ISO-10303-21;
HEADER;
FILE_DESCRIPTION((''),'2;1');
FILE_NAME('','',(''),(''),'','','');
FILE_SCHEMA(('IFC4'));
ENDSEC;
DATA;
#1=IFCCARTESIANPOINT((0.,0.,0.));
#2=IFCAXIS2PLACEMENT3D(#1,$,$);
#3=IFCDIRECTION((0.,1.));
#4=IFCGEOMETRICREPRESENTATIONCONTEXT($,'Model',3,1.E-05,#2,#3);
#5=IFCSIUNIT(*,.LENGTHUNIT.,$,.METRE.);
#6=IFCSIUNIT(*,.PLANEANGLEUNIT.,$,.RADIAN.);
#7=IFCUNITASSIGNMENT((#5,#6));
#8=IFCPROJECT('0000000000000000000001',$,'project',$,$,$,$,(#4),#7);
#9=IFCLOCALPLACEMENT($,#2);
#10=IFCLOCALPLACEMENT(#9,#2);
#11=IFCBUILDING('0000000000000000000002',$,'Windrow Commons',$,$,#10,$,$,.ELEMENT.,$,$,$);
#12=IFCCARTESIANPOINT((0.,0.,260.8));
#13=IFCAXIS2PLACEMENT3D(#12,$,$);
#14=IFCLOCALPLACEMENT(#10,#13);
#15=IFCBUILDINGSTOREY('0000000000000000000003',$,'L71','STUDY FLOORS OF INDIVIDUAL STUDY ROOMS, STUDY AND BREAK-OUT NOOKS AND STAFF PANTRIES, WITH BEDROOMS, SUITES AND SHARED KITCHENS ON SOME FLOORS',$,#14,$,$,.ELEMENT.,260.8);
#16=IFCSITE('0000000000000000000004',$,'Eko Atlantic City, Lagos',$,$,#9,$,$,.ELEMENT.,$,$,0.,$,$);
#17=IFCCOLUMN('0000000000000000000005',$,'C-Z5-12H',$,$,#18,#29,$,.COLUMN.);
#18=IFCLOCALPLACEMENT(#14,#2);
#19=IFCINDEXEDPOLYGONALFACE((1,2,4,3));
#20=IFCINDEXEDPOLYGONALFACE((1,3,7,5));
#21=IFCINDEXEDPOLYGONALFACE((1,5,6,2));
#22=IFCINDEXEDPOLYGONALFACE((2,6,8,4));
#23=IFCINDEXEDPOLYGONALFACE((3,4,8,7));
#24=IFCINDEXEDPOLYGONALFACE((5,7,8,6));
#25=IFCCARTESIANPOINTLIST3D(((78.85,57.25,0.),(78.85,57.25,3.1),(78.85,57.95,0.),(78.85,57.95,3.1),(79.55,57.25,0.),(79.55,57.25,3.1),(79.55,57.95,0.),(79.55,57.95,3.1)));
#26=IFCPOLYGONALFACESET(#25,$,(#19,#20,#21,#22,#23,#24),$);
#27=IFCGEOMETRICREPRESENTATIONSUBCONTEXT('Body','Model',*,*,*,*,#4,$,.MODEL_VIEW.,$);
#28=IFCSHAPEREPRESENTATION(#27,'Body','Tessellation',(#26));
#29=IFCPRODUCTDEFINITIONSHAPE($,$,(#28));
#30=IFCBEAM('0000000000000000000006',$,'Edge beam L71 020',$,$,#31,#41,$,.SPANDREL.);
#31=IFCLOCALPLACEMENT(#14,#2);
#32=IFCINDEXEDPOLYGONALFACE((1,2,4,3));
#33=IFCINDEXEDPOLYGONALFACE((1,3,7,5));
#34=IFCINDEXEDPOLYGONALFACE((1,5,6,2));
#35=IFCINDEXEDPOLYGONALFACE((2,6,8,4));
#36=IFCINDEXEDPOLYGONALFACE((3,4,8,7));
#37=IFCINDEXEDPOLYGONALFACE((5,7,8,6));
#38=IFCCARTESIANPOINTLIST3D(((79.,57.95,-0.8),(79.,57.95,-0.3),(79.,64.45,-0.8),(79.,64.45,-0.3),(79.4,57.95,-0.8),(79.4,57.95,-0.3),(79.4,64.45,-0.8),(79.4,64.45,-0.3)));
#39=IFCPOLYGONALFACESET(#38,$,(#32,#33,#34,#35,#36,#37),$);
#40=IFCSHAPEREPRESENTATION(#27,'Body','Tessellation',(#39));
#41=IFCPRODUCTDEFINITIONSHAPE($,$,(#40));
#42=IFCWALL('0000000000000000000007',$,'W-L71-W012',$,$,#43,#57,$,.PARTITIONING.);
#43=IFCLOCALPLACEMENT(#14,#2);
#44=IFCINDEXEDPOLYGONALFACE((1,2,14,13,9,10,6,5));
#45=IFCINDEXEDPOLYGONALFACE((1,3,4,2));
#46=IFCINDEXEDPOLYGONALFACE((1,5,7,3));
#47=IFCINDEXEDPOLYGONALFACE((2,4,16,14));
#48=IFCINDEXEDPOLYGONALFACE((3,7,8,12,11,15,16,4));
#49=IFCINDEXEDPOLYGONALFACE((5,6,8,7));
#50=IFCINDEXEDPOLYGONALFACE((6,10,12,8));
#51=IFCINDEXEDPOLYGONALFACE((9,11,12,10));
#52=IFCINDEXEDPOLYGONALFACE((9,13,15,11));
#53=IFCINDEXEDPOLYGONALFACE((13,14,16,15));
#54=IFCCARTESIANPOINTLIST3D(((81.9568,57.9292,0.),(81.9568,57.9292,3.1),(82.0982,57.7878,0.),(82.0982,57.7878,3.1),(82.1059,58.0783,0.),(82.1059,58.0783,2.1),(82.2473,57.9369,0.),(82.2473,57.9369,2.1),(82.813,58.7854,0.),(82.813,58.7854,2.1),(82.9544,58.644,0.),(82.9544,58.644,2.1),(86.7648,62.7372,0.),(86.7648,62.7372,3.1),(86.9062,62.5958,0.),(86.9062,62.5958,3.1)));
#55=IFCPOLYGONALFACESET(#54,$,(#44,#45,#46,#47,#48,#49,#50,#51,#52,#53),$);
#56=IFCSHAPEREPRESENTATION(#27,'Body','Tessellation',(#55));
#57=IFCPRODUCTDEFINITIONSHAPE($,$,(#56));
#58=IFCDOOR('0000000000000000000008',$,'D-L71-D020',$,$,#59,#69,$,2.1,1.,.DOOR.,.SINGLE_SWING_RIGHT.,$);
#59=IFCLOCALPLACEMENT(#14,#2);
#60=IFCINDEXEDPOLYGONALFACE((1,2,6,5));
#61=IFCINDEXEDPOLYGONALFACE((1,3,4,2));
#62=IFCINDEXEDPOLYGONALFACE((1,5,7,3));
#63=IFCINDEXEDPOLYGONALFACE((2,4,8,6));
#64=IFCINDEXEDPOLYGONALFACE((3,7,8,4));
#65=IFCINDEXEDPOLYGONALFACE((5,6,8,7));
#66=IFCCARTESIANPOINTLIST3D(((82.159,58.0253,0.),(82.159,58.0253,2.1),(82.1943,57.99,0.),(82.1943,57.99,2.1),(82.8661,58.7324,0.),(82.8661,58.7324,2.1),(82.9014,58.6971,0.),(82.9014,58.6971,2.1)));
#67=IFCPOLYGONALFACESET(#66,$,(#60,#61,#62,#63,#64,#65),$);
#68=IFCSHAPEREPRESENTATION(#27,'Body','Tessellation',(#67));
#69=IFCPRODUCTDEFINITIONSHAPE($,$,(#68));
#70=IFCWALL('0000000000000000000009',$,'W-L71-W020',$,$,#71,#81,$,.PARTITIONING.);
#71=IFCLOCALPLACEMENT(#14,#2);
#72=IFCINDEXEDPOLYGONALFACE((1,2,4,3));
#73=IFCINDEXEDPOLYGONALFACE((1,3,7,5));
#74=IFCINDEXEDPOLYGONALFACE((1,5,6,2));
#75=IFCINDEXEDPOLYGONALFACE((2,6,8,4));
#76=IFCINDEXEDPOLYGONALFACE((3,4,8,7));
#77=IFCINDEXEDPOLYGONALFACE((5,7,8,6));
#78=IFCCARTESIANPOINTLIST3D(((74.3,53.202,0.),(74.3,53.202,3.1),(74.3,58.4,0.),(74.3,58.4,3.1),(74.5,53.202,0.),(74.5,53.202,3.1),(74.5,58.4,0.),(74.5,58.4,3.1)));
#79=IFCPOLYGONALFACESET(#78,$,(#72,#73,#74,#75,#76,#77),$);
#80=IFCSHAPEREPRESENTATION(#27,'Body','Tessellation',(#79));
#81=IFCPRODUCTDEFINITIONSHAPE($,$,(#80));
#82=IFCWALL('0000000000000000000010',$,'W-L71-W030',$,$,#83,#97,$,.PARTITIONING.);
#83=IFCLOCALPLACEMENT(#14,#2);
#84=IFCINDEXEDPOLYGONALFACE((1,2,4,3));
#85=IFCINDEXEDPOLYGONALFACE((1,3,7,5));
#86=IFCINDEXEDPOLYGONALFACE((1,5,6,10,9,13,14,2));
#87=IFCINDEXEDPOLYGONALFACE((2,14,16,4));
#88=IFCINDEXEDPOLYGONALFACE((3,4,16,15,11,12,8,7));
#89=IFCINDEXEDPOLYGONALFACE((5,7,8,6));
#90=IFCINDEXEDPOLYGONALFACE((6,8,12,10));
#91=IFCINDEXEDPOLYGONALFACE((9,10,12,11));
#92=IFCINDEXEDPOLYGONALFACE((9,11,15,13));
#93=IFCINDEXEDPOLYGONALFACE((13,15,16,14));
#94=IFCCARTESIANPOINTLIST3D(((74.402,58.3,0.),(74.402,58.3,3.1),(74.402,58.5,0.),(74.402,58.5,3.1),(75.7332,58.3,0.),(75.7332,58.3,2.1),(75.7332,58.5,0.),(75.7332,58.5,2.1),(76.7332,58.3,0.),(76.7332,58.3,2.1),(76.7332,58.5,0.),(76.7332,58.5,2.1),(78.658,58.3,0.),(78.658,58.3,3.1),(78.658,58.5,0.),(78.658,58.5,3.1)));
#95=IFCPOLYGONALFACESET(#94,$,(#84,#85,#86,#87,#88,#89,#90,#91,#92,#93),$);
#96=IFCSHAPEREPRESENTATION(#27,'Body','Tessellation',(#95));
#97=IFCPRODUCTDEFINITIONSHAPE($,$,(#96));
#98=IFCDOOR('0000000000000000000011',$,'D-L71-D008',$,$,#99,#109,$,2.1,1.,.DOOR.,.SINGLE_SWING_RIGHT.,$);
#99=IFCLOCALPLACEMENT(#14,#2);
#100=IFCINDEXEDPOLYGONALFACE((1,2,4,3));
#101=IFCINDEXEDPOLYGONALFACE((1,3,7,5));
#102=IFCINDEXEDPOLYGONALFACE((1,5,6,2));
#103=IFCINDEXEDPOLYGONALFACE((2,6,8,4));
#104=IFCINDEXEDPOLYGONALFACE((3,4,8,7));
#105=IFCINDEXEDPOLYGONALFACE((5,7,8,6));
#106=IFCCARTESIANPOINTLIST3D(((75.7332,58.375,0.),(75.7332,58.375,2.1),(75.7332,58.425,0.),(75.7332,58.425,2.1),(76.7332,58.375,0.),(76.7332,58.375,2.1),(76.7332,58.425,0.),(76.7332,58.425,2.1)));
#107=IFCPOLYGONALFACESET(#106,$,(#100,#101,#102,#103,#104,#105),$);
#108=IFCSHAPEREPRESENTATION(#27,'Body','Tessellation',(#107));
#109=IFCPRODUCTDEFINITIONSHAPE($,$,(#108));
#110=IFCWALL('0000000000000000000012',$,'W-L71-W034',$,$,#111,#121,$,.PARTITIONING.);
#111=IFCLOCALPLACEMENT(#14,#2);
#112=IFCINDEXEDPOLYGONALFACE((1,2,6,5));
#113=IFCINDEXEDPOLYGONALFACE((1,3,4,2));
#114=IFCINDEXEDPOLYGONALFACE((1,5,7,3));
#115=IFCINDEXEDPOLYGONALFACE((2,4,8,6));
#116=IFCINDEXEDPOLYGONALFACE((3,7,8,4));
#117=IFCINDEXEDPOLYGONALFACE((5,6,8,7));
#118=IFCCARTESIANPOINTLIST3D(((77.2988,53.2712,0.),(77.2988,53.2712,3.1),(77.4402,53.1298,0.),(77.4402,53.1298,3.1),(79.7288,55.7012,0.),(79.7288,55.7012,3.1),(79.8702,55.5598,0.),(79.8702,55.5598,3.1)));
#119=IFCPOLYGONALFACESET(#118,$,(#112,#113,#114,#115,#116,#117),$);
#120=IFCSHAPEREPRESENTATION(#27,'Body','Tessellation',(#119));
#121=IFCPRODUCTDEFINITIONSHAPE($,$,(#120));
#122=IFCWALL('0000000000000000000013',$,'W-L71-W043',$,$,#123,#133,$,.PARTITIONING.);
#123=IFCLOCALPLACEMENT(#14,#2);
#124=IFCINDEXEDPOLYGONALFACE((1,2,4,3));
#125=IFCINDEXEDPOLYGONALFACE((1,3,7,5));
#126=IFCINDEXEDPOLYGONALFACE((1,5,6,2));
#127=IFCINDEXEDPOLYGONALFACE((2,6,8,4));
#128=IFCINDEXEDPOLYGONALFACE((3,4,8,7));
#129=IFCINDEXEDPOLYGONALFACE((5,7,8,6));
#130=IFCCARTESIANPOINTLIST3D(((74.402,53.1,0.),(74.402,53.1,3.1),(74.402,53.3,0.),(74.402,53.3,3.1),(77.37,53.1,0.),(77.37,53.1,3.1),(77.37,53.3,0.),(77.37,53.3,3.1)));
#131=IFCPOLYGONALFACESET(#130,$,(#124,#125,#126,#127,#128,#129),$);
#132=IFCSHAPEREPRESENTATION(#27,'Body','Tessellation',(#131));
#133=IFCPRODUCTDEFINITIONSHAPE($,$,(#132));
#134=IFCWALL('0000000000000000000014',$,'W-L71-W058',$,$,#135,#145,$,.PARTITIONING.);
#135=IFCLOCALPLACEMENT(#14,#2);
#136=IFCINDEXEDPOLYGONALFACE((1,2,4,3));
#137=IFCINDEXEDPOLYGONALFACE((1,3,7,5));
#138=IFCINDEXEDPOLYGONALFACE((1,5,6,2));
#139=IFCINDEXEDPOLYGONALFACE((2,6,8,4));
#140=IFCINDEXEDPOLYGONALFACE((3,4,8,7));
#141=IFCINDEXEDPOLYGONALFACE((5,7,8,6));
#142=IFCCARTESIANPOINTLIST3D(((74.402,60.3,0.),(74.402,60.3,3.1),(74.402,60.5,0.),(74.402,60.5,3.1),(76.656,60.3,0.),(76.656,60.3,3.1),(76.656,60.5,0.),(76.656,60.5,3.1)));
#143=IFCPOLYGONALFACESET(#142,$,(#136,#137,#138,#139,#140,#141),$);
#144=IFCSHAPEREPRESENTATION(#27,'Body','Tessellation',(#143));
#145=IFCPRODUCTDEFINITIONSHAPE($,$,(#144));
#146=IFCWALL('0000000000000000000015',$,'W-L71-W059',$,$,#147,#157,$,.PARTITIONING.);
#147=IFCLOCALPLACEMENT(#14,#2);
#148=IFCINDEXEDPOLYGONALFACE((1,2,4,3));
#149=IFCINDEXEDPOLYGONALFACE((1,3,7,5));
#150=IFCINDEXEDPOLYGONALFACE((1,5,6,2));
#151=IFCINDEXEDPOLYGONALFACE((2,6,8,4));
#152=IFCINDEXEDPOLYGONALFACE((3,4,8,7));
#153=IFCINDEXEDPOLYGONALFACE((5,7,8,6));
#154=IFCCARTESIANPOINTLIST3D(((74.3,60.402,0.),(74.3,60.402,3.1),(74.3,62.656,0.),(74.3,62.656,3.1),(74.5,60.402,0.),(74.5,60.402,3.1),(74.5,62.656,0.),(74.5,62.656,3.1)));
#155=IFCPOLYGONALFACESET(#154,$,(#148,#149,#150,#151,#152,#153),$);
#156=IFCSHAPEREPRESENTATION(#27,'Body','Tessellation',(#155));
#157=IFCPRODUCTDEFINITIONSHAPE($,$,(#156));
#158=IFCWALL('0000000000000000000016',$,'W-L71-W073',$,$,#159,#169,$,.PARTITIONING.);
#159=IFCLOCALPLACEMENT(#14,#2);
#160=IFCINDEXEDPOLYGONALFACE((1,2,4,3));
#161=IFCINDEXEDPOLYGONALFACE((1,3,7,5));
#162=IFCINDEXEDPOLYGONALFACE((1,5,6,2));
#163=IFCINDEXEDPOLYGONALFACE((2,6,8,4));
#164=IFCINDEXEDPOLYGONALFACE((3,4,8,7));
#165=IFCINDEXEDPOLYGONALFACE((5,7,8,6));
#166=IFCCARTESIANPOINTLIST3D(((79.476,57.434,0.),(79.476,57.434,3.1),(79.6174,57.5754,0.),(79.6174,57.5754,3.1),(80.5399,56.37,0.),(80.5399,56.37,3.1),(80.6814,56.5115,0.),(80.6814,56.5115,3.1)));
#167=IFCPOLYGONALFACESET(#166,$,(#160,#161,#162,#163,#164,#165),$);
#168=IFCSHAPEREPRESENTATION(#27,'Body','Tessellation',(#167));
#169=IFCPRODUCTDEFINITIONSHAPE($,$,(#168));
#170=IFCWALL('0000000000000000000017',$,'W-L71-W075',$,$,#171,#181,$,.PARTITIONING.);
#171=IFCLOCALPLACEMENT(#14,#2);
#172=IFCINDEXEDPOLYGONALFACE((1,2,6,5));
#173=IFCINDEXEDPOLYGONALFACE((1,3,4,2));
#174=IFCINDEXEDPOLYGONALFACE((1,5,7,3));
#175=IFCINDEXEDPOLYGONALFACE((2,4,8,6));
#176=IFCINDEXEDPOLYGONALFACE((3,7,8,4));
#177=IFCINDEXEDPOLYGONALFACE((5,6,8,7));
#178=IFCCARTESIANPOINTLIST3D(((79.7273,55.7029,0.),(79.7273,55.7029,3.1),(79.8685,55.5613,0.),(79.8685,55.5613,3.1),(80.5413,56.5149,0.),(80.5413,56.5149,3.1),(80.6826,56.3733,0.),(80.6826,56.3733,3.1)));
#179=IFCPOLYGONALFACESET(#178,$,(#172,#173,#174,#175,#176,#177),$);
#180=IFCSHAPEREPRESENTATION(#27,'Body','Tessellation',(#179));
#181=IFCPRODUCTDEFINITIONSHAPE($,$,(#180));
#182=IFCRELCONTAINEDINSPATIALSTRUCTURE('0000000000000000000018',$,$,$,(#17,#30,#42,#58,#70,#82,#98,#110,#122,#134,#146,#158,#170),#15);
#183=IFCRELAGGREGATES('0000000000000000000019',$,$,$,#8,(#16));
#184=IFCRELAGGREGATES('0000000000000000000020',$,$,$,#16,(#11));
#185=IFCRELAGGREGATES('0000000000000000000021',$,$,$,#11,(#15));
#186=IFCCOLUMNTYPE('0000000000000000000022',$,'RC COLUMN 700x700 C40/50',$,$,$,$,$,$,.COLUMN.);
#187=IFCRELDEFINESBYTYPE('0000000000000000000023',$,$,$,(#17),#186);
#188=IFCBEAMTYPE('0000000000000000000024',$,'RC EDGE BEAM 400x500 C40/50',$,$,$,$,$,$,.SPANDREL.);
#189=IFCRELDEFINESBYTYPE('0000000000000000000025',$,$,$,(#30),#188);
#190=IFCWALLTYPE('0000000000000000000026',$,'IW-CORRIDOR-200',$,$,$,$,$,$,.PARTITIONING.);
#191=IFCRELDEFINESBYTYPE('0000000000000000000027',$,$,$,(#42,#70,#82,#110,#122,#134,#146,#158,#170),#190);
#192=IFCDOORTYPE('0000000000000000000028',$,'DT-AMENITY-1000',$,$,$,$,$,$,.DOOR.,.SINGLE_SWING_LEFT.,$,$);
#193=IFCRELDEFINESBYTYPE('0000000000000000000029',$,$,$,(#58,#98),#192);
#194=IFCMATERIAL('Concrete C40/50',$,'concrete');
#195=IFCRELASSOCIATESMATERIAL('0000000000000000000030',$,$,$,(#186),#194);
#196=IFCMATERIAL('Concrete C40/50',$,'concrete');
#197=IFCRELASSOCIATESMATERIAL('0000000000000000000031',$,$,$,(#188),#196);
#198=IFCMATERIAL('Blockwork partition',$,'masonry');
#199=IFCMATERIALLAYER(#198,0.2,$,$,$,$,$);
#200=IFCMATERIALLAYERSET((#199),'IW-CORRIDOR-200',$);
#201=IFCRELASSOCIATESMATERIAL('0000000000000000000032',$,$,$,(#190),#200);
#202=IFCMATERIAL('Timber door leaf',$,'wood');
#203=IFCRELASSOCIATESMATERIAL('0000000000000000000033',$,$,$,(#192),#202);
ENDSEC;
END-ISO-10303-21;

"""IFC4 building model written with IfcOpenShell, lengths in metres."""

from ifc_helpers import new_model, si_unit, direction, frame, frame_2d, origin, origin_2d, place, context, subcontext, project, spatial, rectangle, extrude, material, layer, layer_set, material_profile, profile_set, type_object, element, fill, save


model = new_model("IFC4")

# Units and contexts
model_context = context("Model", 3, precision=1e-05, world=origin(), true_north=direction((0.0, 1.0)))
body_context = subcontext(model_context, "Body", "Model", "MODEL_VIEW")
ifc_project = project(units=[si_unit("LENGTHUNIT", "METRE"), si_unit("PLANEANGLEUNIT", "RADIAN")], contexts=[model_context])

# Site, building, storey
site_placement = place(None, origin())
site = spatial("IfcSite", under=ifc_project, at=site_placement, Name="Eko Atlantic City, Lagos", CompositionType="ELEMENT", RefElevation=0.0)
building_placement = place(site_placement, origin())
building = spatial("IfcBuilding", under=site, at=building_placement, Name="Windrow Commons", CompositionType="ELEMENT")
storey_placement = place(building_placement, frame((0.0, 0.0, 260.8)))
storey = spatial("IfcBuildingStorey", under=building, at=storey_placement, Name="L71", Description="STUDY FLOORS OF INDIVIDUAL STUDY ROOMS, STUDY AND BREAK-OUT NOOKS AND STAFF PANTRIES, WITH BEDROOMS, SUITES AND SHARED KITCHENS ON SOME FLOORS", CompositionType="ELEMENT", Elevation=260.8)

# Column
ifc_material_1 = material(Name="Concrete C40/50", Category="concrete")
ifc_material_profile_1 = material_profile(ifc_material_1, rectangle(XDim=0.7, YDim=0.7, at=origin_2d()))
ifc_profile_set_1 = profile_set([ifc_material_profile_1], Name="Concrete C40/50")
column_type = type_object("IfcColumnType", Name="RC COLUMN 700x700 C40/50", PredefinedType="COLUMN", material=ifc_profile_set_1)
column_placement = place(storey_placement, frame((79.2, 57.6, 0.0), z_axis=(0.0, 0.0, 1.0), x_axis=(1.0, 0.0, 0.0)))
element("IfcColumn", 1, at=column_placement, inside=storey, type_object=column_type, Name="C-Z5-12H", PredefinedType="COLUMN", context=body_context, shape_type="SweptSolid", body=[
    extrude(rectangle(XDim=0.7, YDim=0.7, at=origin_2d()), origin(), (0.0, 0.0, 1.0), 3.1),
])

# Beam
ifc_material_2 = material(Name="Concrete C40/50", Category="concrete")
ifc_material_profile_2 = material_profile(ifc_material_2, rectangle(XDim=0.4, YDim=0.5, at=origin_2d()))
ifc_profile_set_2 = profile_set([ifc_material_profile_2], Name="Concrete C40/50")
beam_type = type_object("IfcBeamType", Name="RC EDGE BEAM 400x500 C40/50", PredefinedType="SPANDREL", material=ifc_profile_set_2)
beam_placement = place(storey_placement, frame((79.2, 57.95, -0.55), z_axis=(0.0, 1.0, 0.0), x_axis=(-1.0, 0.0, 0.0)))
element("IfcBeam", 2, at=beam_placement, inside=storey, type_object=beam_type, Name="Edge beam L71 020", PredefinedType="SPANDREL", context=body_context, shape_type="SweptSolid", body=[
    extrude(rectangle(XDim=0.4, YDim=0.5, at=origin_2d()), origin(), (0.0, 0.0, 1.0), 6.5),
])

# Wall, opening, door
ifc_material_3 = material(Name="Blockwork partition", Category="masonry")
ifc_layer_1 = layer(ifc_material_3, 0.2)
ifc_layer_set_1 = layer_set([ifc_layer_1], Name="IW-CORRIDOR-200")
wall_type_1 = type_object("IfcWallType", Name="IW-CORRIDOR-200", PredefinedType="PARTITIONING", material=ifc_layer_set_1)
wall_1_placement = place(storey_placement, frame((82.0275, 57.8585, 0.0), z_axis=(0.0, 0.0, 1.0), x_axis=(0.707107, 0.707107, 0.0)))
wall_1 = element("IfcWall", 3, at=wall_1_placement, inside=storey, type_object=wall_type_1, Name="W-L71-W012", PredefinedType="PARTITIONING", context=body_context, shape_type="SweptSolid", body=[
    extrude(rectangle(XDim=6.7995, YDim=0.2, at=frame_2d((3.3998, 0.0))), origin(), (0.0, 0.0, 1.0), 3.1),
])
opening_1_placement = place(wall_1_placement, frame((0.2109, 0.0, 0.0)))
opening_1 = element("IfcOpeningElement", 4, at=opening_1_placement, cuts=wall_1, PredefinedType="OPENING", context=body_context, shape_type="SweptSolid", body=[
    extrude(rectangle(XDim=1.0, YDim=2.1, at=frame_2d((0.5, 1.05))), frame((0.0, 0.11, 0.0), z_axis=(0.0, -1.0, 0.0), x_axis=(1.0, 0.0, 0.0)), (0.0, 0.0, 1.0), 0.22),
])
ifc_material_4 = material(Name="Timber door leaf", Category="wood")
door_type_1 = type_object("IfcDoorType", Name="DT-AMENITY-1000", OperationType="SINGLE_SWING_LEFT", PredefinedType="DOOR", material=ifc_material_4)
door_1_placement = place(opening_1_placement, origin())
door_1 = element("IfcDoor", 5, at=door_1_placement, inside=storey, type_object=door_type_1, Name="D-L71-D020", OperationType="SINGLE_SWING_RIGHT", OverallHeight=2.1, OverallWidth=1.0, PredefinedType="DOOR", context=body_context, shape_type="SweptSolid", body=[
    extrude(rectangle(XDim=1.0, YDim=2.1, at=frame_2d((0.5, 1.05))), frame((0.0, 0.025, 0.0), z_axis=(0.0, -1.0, 0.0), x_axis=(1.0, 0.0, 0.0)), (0.0, 0.0, 1.0), 0.05),
])
fill(opening_1, door_1)

# Wall
wall_2_placement = place(storey_placement, frame((74.4, 53.202, 0.0), z_axis=(0.0, 0.0, 1.0), x_axis=(0.0, 1.0, 0.0)))
element("IfcWall", 6, at=wall_2_placement, inside=storey, type_object=wall_type_1, Name="W-L71-W020", PredefinedType="PARTITIONING", context=body_context, shape_type="SweptSolid", body=[
    extrude(rectangle(XDim=5.198, YDim=0.2, at=frame_2d((2.599, 0.0))), origin(), (0.0, 0.0, 1.0), 3.1),
])

# Wall, opening, door
wall_3_placement = place(storey_placement, frame((74.402, 58.4, 0.0), z_axis=(0.0, 0.0, 1.0), x_axis=(1.0, 0.0, 0.0)))
wall_3 = element("IfcWall", 7, at=wall_3_placement, inside=storey, type_object=wall_type_1, Name="W-L71-W030", PredefinedType="PARTITIONING", context=body_context, shape_type="SweptSolid", body=[
    extrude(rectangle(XDim=4.256, YDim=0.2, at=frame_2d((2.128, 0.0))), origin(), (0.0, 0.0, 1.0), 3.1),
])
opening_2_placement = place(wall_3_placement, frame((1.3312, 0.0, 0.0)))
opening_2 = element("IfcOpeningElement", 8, at=opening_2_placement, cuts=wall_3, PredefinedType="OPENING", context=body_context, shape_type="SweptSolid", body=[
    extrude(rectangle(XDim=1.0, YDim=2.1, at=frame_2d((0.5, 1.05))), frame((0.0, 0.11, 0.0), z_axis=(0.0, -1.0, 0.0), x_axis=(1.0, 0.0, 0.0)), (0.0, 0.0, 1.0), 0.22),
])
door_2_placement = place(opening_2_placement, origin())
door_2 = element("IfcDoor", 9, at=door_2_placement, inside=storey, type_object=door_type_1, Name="D-L71-D008", OperationType="SINGLE_SWING_RIGHT", OverallHeight=2.1, OverallWidth=1.0, PredefinedType="DOOR", context=body_context, shape_type="SweptSolid", body=[
    extrude(rectangle(XDim=1.0, YDim=2.1, at=frame_2d((0.5, 1.05))), frame((0.0, 0.025, 0.0), z_axis=(0.0, -1.0, 0.0), x_axis=(1.0, 0.0, 0.0)), (0.0, 0.0, 1.0), 0.05),
])
fill(opening_2, door_2)

# Walls
wall_4_placement = place(storey_placement, frame((77.3695, 53.2005, 0.0), z_axis=(0.0, 0.0, 1.0), x_axis=(0.707107, 0.707107, 0.0)))
element("IfcWall", 10, at=wall_4_placement, inside=storey, type_object=wall_type_1, Name="W-L71-W034", PredefinedType="PARTITIONING", context=body_context, shape_type="SweptSolid", body=[
    extrude(rectangle(XDim=3.4365, YDim=0.2, at=frame_2d((1.7183, 0.0))), origin(), (0.0, 0.0, 1.0), 3.1),
])
wall_5_placement = place(storey_placement, frame((74.402, 53.2, 0.0), z_axis=(0.0, 0.0, 1.0), x_axis=(1.0, 0.0, 0.0)))
element("IfcWall", 11, at=wall_5_placement, inside=storey, type_object=wall_type_1, Name="W-L71-W043", PredefinedType="PARTITIONING", context=body_context, shape_type="SweptSolid", body=[
    extrude(rectangle(XDim=2.968, YDim=0.2, at=frame_2d((1.484, 0.0))), origin(), (0.0, 0.0, 1.0), 3.1),
])
for number, where, z_axis, x_axis, name in (
    (12, (74.402, 60.4, 0.0), (0.0, 0.0, 1.0), (1.0, 0.0, 0.0), "W-L71-W058"),
    (13, (74.4, 60.402, 0.0), (0.0, 0.0, 1.0), (0.0, 1.0, 0.0), "W-L71-W059"),
):
    element("IfcWall", number, at=place(storey_placement, frame(where, z_axis=z_axis, x_axis=x_axis)), inside=storey, type_object=wall_type_1, Name=name, PredefinedType="PARTITIONING", context=body_context, shape_type="SweptSolid", body=[
        extrude(rectangle(XDim=2.254, YDim=0.2, at=frame_2d((1.127, 0.0))), origin(), (0.0, 0.0, 1.0), 3.1),
    ])
wall_6_placement = place(storey_placement, frame((79.5467, 57.5047, 0.0), z_axis=(0.0, 0.0, 1.0), x_axis=(0.707107, -0.707107, 0.0)))
element("IfcWall", 14, at=wall_6_placement, inside=storey, type_object=wall_type_1, Name="W-L71-W073", PredefinedType="PARTITIONING", context=body_context, shape_type="SweptSolid", body=[
    extrude(rectangle(XDim=1.5047, YDim=0.2, at=frame_2d((0.7523, 0.0))), origin(), (0.0, 0.0, 1.0), 3.1),
])
wall_7_placement = place(storey_placement, frame((79.7979, 55.6321, 0.0), z_axis=(0.0, 0.0, 1.0), x_axis=(0.707976, 0.706236, 0.0)))
element("IfcWall", 15, at=wall_7_placement, inside=storey, type_object=wall_type_1, Name="W-L71-W075", PredefinedType="PARTITIONING", context=body_context, shape_type="SweptSolid", body=[
    extrude(rectangle(XDim=1.1498, YDim=0.2, at=frame_2d((0.5749, 0.0))), origin(), (0.0, 0.0, 1.0), 3.1),
])

save(model, "model.ifc")
